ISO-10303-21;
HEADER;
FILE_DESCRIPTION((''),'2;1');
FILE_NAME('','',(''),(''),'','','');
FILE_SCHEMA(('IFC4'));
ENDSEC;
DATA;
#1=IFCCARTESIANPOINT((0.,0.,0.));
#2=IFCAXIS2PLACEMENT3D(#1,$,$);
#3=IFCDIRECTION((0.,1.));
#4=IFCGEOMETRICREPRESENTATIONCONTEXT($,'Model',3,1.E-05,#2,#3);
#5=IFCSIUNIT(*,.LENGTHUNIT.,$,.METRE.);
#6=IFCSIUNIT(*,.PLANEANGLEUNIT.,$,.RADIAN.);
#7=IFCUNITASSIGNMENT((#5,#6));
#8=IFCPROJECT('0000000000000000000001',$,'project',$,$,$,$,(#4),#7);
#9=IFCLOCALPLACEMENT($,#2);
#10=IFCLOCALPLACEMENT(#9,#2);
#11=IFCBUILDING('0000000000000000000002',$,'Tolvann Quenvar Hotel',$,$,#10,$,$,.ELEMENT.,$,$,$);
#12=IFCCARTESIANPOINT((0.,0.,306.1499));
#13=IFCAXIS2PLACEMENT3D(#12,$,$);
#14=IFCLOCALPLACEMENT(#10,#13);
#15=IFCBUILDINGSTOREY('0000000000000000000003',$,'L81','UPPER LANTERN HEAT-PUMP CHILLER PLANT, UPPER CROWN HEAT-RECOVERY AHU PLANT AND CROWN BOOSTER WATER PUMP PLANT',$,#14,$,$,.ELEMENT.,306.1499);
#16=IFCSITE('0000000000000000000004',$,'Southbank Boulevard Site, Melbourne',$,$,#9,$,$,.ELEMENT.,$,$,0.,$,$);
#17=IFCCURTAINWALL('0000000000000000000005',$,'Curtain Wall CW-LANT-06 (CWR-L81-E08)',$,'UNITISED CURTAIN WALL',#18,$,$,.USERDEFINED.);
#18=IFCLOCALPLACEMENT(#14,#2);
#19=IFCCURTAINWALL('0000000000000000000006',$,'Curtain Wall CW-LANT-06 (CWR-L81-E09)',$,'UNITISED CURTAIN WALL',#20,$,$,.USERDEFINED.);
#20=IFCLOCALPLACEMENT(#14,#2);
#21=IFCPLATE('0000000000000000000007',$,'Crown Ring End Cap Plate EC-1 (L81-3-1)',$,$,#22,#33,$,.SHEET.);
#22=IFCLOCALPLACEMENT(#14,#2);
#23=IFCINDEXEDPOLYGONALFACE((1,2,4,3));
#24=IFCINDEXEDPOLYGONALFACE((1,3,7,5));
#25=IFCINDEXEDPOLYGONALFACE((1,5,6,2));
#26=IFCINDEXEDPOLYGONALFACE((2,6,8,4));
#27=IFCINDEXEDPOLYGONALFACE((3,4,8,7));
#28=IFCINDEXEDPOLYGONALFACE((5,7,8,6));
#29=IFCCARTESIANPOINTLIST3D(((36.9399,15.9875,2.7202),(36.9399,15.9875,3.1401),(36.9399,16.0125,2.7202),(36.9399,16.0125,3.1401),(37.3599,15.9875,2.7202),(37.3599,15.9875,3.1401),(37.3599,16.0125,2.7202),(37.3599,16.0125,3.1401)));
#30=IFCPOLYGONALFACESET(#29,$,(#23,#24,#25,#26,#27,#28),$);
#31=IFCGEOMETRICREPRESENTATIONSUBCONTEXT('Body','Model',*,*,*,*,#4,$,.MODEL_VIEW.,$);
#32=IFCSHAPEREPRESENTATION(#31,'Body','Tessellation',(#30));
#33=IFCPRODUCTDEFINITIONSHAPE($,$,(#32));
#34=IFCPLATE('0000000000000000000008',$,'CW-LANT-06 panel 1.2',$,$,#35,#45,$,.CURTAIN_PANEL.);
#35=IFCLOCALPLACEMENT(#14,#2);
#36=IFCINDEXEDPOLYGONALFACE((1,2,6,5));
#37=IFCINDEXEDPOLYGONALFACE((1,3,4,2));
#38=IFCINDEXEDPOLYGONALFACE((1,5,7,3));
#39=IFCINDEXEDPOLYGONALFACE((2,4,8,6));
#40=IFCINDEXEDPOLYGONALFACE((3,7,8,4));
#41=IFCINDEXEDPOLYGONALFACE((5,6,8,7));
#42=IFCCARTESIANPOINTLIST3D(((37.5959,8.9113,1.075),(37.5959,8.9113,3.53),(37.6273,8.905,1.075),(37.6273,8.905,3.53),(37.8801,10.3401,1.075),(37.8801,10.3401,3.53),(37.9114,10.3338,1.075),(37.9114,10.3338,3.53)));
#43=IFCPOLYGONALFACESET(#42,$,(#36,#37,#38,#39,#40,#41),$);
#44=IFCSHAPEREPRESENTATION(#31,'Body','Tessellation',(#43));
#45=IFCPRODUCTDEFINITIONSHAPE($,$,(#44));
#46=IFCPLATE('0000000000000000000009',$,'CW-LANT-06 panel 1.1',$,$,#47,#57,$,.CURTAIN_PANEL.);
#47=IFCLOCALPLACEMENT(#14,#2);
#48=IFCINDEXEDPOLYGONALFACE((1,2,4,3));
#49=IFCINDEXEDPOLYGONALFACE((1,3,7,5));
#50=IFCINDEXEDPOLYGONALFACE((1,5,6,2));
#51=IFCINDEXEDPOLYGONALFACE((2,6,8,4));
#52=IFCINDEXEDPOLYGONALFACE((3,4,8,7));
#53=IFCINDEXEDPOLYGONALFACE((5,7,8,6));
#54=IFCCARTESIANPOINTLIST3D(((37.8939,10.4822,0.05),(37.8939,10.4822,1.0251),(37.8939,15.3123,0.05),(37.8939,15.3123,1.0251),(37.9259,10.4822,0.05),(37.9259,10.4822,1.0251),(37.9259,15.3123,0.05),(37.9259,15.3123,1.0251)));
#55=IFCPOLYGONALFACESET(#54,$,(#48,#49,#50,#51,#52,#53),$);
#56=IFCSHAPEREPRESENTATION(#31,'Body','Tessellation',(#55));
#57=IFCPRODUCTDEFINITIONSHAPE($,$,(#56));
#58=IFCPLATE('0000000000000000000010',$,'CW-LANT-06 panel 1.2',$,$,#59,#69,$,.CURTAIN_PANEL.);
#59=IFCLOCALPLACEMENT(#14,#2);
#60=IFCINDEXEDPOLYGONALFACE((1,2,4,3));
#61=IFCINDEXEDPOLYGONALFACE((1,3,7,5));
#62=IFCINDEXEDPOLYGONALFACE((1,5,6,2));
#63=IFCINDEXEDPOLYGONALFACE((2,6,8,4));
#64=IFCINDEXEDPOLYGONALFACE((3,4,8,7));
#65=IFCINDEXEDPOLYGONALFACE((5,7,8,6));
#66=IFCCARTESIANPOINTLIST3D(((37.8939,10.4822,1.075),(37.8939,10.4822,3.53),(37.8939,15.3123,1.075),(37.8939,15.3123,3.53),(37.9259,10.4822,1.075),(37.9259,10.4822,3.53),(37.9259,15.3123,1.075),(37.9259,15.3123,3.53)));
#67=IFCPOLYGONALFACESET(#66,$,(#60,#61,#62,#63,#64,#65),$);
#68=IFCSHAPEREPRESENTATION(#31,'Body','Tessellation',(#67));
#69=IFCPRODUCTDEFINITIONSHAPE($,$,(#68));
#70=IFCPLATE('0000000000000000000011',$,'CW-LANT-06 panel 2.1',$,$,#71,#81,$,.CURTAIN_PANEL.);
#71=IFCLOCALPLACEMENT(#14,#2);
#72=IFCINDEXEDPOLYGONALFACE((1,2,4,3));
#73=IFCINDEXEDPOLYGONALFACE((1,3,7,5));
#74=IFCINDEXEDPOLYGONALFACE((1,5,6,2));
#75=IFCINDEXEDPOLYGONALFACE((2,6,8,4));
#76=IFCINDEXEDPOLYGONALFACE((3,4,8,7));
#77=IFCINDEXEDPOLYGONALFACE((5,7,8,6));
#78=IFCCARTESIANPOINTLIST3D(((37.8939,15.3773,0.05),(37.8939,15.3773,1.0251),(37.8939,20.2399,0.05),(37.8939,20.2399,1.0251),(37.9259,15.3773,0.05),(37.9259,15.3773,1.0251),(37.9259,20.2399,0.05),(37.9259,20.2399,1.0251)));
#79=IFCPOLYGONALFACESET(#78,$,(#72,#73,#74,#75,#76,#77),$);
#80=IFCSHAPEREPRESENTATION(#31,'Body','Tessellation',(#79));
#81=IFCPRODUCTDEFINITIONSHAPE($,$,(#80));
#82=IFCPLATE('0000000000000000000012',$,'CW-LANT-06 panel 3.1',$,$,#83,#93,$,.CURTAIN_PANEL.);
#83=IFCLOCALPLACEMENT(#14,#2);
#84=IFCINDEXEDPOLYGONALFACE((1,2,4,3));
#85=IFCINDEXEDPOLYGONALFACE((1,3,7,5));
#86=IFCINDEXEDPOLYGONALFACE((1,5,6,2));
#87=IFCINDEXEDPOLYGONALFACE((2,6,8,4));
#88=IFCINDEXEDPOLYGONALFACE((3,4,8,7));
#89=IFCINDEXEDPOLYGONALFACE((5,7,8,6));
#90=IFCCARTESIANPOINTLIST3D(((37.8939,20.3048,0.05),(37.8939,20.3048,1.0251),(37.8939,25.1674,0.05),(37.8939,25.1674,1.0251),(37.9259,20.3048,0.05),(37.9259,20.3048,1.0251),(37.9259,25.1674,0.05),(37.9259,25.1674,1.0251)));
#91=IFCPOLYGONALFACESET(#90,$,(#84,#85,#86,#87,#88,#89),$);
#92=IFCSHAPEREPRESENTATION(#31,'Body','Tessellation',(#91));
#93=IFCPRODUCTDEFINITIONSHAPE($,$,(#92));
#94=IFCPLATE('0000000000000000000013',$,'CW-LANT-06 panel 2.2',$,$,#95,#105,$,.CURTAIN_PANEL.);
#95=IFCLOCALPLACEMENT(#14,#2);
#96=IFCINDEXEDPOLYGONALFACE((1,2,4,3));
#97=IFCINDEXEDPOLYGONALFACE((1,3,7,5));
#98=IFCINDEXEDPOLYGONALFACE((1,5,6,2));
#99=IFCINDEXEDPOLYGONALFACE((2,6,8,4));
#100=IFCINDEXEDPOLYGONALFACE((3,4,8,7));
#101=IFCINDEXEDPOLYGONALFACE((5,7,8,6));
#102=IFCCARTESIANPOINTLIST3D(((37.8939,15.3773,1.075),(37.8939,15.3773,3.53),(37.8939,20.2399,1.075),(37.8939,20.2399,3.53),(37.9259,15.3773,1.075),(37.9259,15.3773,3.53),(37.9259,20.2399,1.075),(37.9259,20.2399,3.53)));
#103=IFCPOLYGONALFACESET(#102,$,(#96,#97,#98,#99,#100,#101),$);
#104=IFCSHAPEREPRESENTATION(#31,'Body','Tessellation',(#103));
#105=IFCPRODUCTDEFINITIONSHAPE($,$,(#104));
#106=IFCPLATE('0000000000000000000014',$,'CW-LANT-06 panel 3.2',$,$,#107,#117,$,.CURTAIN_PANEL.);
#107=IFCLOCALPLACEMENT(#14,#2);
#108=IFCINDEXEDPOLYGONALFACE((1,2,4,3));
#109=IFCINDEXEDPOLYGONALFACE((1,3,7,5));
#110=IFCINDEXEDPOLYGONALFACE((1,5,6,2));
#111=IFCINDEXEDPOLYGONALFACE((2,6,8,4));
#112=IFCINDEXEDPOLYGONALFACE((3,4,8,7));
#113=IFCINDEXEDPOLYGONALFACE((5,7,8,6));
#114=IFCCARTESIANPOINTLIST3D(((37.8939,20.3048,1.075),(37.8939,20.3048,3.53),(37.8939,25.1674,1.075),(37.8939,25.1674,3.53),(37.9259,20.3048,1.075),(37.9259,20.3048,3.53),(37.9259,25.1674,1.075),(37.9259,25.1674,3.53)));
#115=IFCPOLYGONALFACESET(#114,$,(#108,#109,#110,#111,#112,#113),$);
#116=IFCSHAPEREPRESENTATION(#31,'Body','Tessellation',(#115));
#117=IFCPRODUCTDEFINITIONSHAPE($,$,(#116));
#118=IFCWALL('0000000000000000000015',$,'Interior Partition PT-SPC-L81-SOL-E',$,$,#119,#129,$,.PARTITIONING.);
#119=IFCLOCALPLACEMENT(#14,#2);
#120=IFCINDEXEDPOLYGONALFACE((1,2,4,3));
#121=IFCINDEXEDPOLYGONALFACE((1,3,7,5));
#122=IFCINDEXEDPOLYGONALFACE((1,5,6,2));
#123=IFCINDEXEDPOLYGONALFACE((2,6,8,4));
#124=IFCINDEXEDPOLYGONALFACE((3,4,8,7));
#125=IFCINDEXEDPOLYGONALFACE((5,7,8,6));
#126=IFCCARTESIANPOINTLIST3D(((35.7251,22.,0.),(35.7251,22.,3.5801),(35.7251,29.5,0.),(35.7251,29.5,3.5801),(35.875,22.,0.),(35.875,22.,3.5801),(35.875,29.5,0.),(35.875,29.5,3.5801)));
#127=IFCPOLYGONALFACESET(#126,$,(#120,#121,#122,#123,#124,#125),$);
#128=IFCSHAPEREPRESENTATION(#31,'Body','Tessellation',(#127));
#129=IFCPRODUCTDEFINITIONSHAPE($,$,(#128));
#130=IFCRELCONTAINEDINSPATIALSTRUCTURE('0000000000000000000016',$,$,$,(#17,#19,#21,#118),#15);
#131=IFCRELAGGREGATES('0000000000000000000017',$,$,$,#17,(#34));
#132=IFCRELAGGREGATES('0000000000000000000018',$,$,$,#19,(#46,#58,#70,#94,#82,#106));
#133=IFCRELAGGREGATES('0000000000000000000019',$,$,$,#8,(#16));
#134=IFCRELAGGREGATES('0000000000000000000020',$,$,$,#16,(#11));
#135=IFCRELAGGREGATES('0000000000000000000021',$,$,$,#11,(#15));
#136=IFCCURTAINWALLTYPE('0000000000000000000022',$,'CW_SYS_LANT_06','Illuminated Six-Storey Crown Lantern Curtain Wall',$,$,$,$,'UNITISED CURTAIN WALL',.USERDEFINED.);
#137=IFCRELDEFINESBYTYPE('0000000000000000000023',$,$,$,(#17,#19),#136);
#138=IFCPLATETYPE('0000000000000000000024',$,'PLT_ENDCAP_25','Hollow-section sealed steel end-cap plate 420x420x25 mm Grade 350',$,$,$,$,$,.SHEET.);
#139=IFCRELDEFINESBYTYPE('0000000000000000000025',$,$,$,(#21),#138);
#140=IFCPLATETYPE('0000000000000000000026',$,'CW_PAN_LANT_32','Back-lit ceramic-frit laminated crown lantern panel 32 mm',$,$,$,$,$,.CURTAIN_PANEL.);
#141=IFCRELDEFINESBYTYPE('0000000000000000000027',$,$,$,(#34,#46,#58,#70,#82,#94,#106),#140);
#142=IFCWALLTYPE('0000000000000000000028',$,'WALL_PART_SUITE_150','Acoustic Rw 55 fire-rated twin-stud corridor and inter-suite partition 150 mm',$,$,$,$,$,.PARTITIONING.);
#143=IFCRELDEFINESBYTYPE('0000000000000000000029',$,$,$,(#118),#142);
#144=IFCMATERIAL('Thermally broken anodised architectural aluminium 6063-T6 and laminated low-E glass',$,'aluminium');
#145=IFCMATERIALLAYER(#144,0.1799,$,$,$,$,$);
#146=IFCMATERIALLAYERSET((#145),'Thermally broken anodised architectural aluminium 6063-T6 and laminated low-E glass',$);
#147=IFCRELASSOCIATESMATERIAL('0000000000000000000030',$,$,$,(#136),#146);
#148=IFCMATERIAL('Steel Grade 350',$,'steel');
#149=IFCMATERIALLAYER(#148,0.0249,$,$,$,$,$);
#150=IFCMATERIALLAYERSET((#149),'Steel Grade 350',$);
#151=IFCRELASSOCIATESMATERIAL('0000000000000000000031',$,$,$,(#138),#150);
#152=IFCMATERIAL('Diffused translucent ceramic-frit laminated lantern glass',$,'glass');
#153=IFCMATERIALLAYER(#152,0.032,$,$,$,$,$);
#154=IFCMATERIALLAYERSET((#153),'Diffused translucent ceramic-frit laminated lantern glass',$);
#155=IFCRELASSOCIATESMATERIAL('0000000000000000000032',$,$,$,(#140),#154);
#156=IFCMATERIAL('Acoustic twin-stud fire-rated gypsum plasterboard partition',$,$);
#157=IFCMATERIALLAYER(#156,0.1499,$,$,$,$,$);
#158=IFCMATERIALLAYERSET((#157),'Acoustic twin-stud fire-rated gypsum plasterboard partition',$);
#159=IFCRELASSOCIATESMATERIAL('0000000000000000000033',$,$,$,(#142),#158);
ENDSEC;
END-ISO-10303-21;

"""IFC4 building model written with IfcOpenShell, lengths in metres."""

from ifc_helpers import new_model, si_unit, direction, frame, frame_2d, origin, origin_2d, place, context, subcontext, project, spatial, rectangle, extrude, source, transform, mapped, material, layer, layer_set, type_object, type_shapes, element, aggregate, save


model = new_model("IFC4")

# Units and contexts
model_context = context("Model", 3, precision=1e-05, world=origin(), true_north=direction((0.0, 1.0)))
body_context = subcontext(model_context, "Body", "Model", "MODEL_VIEW")
ifc_project = project(units=[si_unit("LENGTHUNIT", "METRE"), si_unit("PLANEANGLEUNIT", "RADIAN")], contexts=[model_context])

# Site, building, storey
site_placement = place(None, origin())
site = spatial("IfcSite", under=ifc_project, at=site_placement, Name="Southbank Boulevard Site, Melbourne", CompositionType="ELEMENT", RefElevation=0.0)
building_placement = place(site_placement, origin())
building = spatial("IfcBuilding", under=site, at=building_placement, Name="Tolvann Quenvar Hotel", CompositionType="ELEMENT")
storey_placement = place(building_placement, frame((0.0, 0.0, 306.1499)))
storey = spatial("IfcBuildingStorey", under=building, at=storey_placement, Name="L81", Description="UPPER LANTERN HEAT-PUMP CHILLER PLANT, UPPER CROWN HEAT-RECOVERY AHU PLANT AND CROWN BOOSTER WATER PUMP PLANT", CompositionType="ELEMENT", Elevation=306.1499)

# Shared definitions
ifc_material_1 = material(Name="Steel Grade 350", Category="steel")

# Curtain wall
ifc_material_2 = material(Name="Thermally broken anodised architectural aluminium 6063-T6 and laminated low-E glass", Category="aluminium")
ifc_layer_1 = layer(ifc_material_2, 0.1799)
ifc_layer_set_1 = layer_set([ifc_layer_1], Name="Thermally broken anodised architectural aluminium 6063-T6 and laminated low-E glass")
curtain_wall_type = type_object("IfcCurtainWallType", Name="CW_SYS_LANT_06", Description="Illuminated Six-Storey Crown Lantern Curtain Wall", ElementType="UNITISED CURTAIN WALL", PredefinedType="USERDEFINED", material=ifc_layer_set_1)
curtain_wall_1_placement = place(storey_placement, origin())
curtain_wall_1 = element("IfcCurtainWall", 1, at=curtain_wall_1_placement, inside=storey, type_object=curtain_wall_type, Name="Curtain Wall CW-LANT-06 (CWR-L81-E08)", ObjectType="UNITISED CURTAIN WALL", PredefinedType="USERDEFINED")

# Curtain wall
curtain_wall_2_placement = place(storey_placement, origin())
curtain_wall_2 = element("IfcCurtainWall", 2, at=curtain_wall_2_placement, inside=storey, type_object=curtain_wall_type, Name="Curtain Wall CW-LANT-06 (CWR-L81-E09)", ObjectType="UNITISED CURTAIN WALL", PredefinedType="USERDEFINED")

# Plates
ifc_layer_2 = layer(ifc_material_1, 0.0249)
ifc_layer_set_2 = layer_set([ifc_layer_2], Name="Steel Grade 350")
plate_type_1 = type_object("IfcPlateType", Name="PLT_ENDCAP_25", Description="Hollow-section sealed steel end-cap plate 420x420x25 mm Grade 350", PredefinedType="SHEET", material=ifc_layer_set_2)
shared_shape_1 = source(origin(), body_context, "Body", "SweptSolid", [
    extrude(rectangle(XDim=0.4199, YDim=0.0249, at=origin_2d()), origin(), (0.0, 0.0, 1.0), 0.4199),
])
type_shapes(plate_type_1, [shared_shape_1])
plate_1_placement = place(storey_placement, frame((37.1499, 16.0, 2.7202), z_axis=(0.0, 0.0, 1.0), x_axis=(1.0, 0.0, 0.0)))
element("IfcPlate", 3, at=plate_1_placement, inside=storey, type_object=plate_type_1, Name="Crown Ring End Cap Plate EC-1 (L81-3-1)", PredefinedType="SHEET", context=body_context, shape_type="MappedRepresentation", body=[
    mapped(shared_shape_1, transform((0.0, 0.0, 0.0), x_axis=(1.0, 0.0, 0.0), y_axis=(0.0, 1.0, 0.0), z_axis=(0.0, 0.0, 1.0), scale=1.0)),
])
ifc_material_3 = material(Name="Diffused translucent ceramic-frit laminated lantern glass", Category="glass")
ifc_layer_3 = layer(ifc_material_3, 0.032)
ifc_layer_set_3 = layer_set([ifc_layer_3], Name="Diffused translucent ceramic-frit laminated lantern glass")
plate_type_2 = type_object("IfcPlateType", Name="CW_PAN_LANT_32", Description="Back-lit ceramic-frit laminated crown lantern panel 32 mm", PredefinedType="CURTAIN_PANEL", material=ifc_layer_set_3)
shared_shape_2 = source(origin(), body_context, "Body", "SweptSolid", [
    extrude(rectangle(XDim=1.4568, YDim=0.032, at=origin_2d()), origin(), (0.0, 0.0, 1.0), 2.4551),
])
plate_2_placement = place(storey_placement, frame((37.7537, 9.6226, 1.075), z_axis=(0.0, 0.0, 1.0), x_axis=(0.195062, 0.980791, 0.0)))
plate_2 = element("IfcPlate", 4, at=plate_2_placement, type_object=plate_type_2, Name="CW-LANT-06 panel 1.2", PredefinedType="CURTAIN_PANEL", context=body_context, shape_type="MappedRepresentation", body=[
    mapped(shared_shape_2, transform((0.0, 0.0, 0.0), x_axis=(1.0, 0.0, 0.0), y_axis=(0.0, 1.0, 0.0), z_axis=(0.0, 0.0, 1.0), scale=1.0)),
])
aggregate(curtain_wall_1, [plate_2])
shared_shape_3 = source(origin(), body_context, "Body", "SweptSolid", [
    extrude(rectangle(XDim=4.8301, YDim=0.032, at=origin_2d()), origin(), (0.0, 0.0, 1.0), 0.9751),
])
plate_3_placement = place(storey_placement, frame((37.9099, 12.8972, 0.05), z_axis=(0.0, 0.0, 1.0), x_axis=(0.0, 1.0, 0.0)))
plate_3 = element("IfcPlate", 5, at=plate_3_placement, type_object=plate_type_2, Name="CW-LANT-06 panel 1.1", PredefinedType="CURTAIN_PANEL", context=body_context, shape_type="MappedRepresentation", body=[
    mapped(shared_shape_3, transform((0.0, 0.0, 0.0), x_axis=(1.0, 0.0, 0.0), y_axis=(0.0, 1.0, 0.0), z_axis=(0.0, 0.0, 1.0), scale=1.0)),
])
shared_shape_4 = source(origin(), body_context, "Body", "SweptSolid", [
    extrude(rectangle(XDim=4.8301, YDim=0.032, at=origin_2d()), origin(), (0.0, 0.0, 1.0), 2.4551),
])
plate_4_placement = place(storey_placement, frame((37.9099, 12.8972, 1.075), z_axis=(0.0, 0.0, 1.0), x_axis=(0.0, 1.0, 0.0)))
plate_4 = element("IfcPlate", 6, at=plate_4_placement, type_object=plate_type_2, Name="CW-LANT-06 panel 1.2", PredefinedType="CURTAIN_PANEL", context=body_context, shape_type="MappedRepresentation", body=[
    mapped(shared_shape_4, transform((0.0, 0.0, 0.0), x_axis=(1.0, 0.0, 0.0), y_axis=(0.0, 1.0, 0.0), z_axis=(0.0, 0.0, 1.0), scale=1.0)),
])
shared_shape_5 = source(origin(), body_context, "Body", "SweptSolid", [
    extrude(rectangle(XDim=4.8625, YDim=0.032, at=origin_2d()), origin(), (0.0, 0.0, 1.0), 0.9751),
])
plate_5_placement = place(storey_placement, frame((37.9099, 17.8086, 0.05), z_axis=(0.0, 0.0, 1.0), x_axis=(0.0, 1.0, 0.0)))
plate_5 = element("IfcPlate", 7, at=plate_5_placement, type_object=plate_type_2, Name="CW-LANT-06 panel 2.1", PredefinedType="CURTAIN_PANEL", context=body_context, shape_type="MappedRepresentation", body=[
    mapped(shared_shape_5, transform((0.0, 0.0, 0.0), x_axis=(1.0, 0.0, 0.0), y_axis=(0.0, 1.0, 0.0), z_axis=(0.0, 0.0, 1.0), scale=1.0)),
])
plate_6_placement = place(storey_placement, frame((37.9099, 22.7361, 0.05), z_axis=(0.0, 0.0, 1.0), x_axis=(0.0, 1.0, 0.0)))
plate_6 = element("IfcPlate", 8, at=plate_6_placement, type_object=plate_type_2, Name="CW-LANT-06 panel 3.1", PredefinedType="CURTAIN_PANEL", context=body_context, shape_type="MappedRepresentation", body=[
    mapped(shared_shape_5, transform((0.0, 0.0, 0.0), x_axis=(1.0, 0.0, 0.0), y_axis=(0.0, 1.0, 0.0), z_axis=(0.0, 0.0, 1.0), scale=1.0)),
])
shared_shape_6 = source(origin(), body_context, "Body", "SweptSolid", [
    extrude(rectangle(XDim=4.8625, YDim=0.032, at=origin_2d()), origin(), (0.0, 0.0, 1.0), 2.4551),
])
type_shapes(plate_type_2, [shared_shape_2, shared_shape_3, shared_shape_4, shared_shape_5, shared_shape_6])
plate_7_placement = place(storey_placement, frame((37.9099, 17.8086, 1.075), z_axis=(0.0, 0.0, 1.0), x_axis=(0.0, 1.0, 0.0)))
plate_7 = element("IfcPlate", 9, at=plate_7_placement, type_object=plate_type_2, Name="CW-LANT-06 panel 2.2", PredefinedType="CURTAIN_PANEL", context=body_context, shape_type="MappedRepresentation", body=[
    mapped(shared_shape_6, transform((0.0, 0.0, 0.0), x_axis=(1.0, 0.0, 0.0), y_axis=(0.0, 1.0, 0.0), z_axis=(0.0, 0.0, 1.0), scale=1.0)),
])
plate_8_placement = place(storey_placement, frame((37.9099, 22.7361, 1.075), z_axis=(0.0, 0.0, 1.0), x_axis=(0.0, 1.0, 0.0)))
plate_8 = element("IfcPlate", 10, at=plate_8_placement, type_object=plate_type_2, Name="CW-LANT-06 panel 3.2", PredefinedType="CURTAIN_PANEL", context=body_context, shape_type="MappedRepresentation", body=[
    mapped(shared_shape_6, transform((0.0, 0.0, 0.0), x_axis=(1.0, 0.0, 0.0), y_axis=(0.0, 1.0, 0.0), z_axis=(0.0, 0.0, 1.0), scale=1.0)),
])
aggregate(curtain_wall_2, [plate_3, plate_4, plate_5, plate_7, plate_6, plate_8])

# Wall
ifc_material_4 = material(Name="Acoustic twin-stud fire-rated gypsum plasterboard partition")
ifc_layer_4 = layer(ifc_material_4, 0.1499)
ifc_layer_set_4 = layer_set([ifc_layer_4], Name="Acoustic twin-stud fire-rated gypsum plasterboard partition")
wall_type = type_object("IfcWallType", Name="WALL_PART_SUITE_150", Description="Acoustic Rw 55 fire-rated twin-stud corridor and inter-suite partition 150 mm", PredefinedType="PARTITIONING", material=ifc_layer_set_4)
wall_placement = place(storey_placement, frame((35.8, 22.0, 0.0), z_axis=(0.0, 0.0, 1.0), x_axis=(0.0, 1.0, 0.0)))
element("IfcWall", 11, at=wall_placement, inside=storey, type_object=wall_type, Name="Interior Partition PT-SPC-L81-SOL-E", PredefinedType="PARTITIONING", context=body_context, shape_type="SweptSolid", body=[
    extrude(rectangle(XDim=7.5, YDim=0.1499, at=frame_2d((3.75, 0.0))), origin(), (0.0, 0.0, 1.0), 3.5801),
])

save(model, "model.ifc")
